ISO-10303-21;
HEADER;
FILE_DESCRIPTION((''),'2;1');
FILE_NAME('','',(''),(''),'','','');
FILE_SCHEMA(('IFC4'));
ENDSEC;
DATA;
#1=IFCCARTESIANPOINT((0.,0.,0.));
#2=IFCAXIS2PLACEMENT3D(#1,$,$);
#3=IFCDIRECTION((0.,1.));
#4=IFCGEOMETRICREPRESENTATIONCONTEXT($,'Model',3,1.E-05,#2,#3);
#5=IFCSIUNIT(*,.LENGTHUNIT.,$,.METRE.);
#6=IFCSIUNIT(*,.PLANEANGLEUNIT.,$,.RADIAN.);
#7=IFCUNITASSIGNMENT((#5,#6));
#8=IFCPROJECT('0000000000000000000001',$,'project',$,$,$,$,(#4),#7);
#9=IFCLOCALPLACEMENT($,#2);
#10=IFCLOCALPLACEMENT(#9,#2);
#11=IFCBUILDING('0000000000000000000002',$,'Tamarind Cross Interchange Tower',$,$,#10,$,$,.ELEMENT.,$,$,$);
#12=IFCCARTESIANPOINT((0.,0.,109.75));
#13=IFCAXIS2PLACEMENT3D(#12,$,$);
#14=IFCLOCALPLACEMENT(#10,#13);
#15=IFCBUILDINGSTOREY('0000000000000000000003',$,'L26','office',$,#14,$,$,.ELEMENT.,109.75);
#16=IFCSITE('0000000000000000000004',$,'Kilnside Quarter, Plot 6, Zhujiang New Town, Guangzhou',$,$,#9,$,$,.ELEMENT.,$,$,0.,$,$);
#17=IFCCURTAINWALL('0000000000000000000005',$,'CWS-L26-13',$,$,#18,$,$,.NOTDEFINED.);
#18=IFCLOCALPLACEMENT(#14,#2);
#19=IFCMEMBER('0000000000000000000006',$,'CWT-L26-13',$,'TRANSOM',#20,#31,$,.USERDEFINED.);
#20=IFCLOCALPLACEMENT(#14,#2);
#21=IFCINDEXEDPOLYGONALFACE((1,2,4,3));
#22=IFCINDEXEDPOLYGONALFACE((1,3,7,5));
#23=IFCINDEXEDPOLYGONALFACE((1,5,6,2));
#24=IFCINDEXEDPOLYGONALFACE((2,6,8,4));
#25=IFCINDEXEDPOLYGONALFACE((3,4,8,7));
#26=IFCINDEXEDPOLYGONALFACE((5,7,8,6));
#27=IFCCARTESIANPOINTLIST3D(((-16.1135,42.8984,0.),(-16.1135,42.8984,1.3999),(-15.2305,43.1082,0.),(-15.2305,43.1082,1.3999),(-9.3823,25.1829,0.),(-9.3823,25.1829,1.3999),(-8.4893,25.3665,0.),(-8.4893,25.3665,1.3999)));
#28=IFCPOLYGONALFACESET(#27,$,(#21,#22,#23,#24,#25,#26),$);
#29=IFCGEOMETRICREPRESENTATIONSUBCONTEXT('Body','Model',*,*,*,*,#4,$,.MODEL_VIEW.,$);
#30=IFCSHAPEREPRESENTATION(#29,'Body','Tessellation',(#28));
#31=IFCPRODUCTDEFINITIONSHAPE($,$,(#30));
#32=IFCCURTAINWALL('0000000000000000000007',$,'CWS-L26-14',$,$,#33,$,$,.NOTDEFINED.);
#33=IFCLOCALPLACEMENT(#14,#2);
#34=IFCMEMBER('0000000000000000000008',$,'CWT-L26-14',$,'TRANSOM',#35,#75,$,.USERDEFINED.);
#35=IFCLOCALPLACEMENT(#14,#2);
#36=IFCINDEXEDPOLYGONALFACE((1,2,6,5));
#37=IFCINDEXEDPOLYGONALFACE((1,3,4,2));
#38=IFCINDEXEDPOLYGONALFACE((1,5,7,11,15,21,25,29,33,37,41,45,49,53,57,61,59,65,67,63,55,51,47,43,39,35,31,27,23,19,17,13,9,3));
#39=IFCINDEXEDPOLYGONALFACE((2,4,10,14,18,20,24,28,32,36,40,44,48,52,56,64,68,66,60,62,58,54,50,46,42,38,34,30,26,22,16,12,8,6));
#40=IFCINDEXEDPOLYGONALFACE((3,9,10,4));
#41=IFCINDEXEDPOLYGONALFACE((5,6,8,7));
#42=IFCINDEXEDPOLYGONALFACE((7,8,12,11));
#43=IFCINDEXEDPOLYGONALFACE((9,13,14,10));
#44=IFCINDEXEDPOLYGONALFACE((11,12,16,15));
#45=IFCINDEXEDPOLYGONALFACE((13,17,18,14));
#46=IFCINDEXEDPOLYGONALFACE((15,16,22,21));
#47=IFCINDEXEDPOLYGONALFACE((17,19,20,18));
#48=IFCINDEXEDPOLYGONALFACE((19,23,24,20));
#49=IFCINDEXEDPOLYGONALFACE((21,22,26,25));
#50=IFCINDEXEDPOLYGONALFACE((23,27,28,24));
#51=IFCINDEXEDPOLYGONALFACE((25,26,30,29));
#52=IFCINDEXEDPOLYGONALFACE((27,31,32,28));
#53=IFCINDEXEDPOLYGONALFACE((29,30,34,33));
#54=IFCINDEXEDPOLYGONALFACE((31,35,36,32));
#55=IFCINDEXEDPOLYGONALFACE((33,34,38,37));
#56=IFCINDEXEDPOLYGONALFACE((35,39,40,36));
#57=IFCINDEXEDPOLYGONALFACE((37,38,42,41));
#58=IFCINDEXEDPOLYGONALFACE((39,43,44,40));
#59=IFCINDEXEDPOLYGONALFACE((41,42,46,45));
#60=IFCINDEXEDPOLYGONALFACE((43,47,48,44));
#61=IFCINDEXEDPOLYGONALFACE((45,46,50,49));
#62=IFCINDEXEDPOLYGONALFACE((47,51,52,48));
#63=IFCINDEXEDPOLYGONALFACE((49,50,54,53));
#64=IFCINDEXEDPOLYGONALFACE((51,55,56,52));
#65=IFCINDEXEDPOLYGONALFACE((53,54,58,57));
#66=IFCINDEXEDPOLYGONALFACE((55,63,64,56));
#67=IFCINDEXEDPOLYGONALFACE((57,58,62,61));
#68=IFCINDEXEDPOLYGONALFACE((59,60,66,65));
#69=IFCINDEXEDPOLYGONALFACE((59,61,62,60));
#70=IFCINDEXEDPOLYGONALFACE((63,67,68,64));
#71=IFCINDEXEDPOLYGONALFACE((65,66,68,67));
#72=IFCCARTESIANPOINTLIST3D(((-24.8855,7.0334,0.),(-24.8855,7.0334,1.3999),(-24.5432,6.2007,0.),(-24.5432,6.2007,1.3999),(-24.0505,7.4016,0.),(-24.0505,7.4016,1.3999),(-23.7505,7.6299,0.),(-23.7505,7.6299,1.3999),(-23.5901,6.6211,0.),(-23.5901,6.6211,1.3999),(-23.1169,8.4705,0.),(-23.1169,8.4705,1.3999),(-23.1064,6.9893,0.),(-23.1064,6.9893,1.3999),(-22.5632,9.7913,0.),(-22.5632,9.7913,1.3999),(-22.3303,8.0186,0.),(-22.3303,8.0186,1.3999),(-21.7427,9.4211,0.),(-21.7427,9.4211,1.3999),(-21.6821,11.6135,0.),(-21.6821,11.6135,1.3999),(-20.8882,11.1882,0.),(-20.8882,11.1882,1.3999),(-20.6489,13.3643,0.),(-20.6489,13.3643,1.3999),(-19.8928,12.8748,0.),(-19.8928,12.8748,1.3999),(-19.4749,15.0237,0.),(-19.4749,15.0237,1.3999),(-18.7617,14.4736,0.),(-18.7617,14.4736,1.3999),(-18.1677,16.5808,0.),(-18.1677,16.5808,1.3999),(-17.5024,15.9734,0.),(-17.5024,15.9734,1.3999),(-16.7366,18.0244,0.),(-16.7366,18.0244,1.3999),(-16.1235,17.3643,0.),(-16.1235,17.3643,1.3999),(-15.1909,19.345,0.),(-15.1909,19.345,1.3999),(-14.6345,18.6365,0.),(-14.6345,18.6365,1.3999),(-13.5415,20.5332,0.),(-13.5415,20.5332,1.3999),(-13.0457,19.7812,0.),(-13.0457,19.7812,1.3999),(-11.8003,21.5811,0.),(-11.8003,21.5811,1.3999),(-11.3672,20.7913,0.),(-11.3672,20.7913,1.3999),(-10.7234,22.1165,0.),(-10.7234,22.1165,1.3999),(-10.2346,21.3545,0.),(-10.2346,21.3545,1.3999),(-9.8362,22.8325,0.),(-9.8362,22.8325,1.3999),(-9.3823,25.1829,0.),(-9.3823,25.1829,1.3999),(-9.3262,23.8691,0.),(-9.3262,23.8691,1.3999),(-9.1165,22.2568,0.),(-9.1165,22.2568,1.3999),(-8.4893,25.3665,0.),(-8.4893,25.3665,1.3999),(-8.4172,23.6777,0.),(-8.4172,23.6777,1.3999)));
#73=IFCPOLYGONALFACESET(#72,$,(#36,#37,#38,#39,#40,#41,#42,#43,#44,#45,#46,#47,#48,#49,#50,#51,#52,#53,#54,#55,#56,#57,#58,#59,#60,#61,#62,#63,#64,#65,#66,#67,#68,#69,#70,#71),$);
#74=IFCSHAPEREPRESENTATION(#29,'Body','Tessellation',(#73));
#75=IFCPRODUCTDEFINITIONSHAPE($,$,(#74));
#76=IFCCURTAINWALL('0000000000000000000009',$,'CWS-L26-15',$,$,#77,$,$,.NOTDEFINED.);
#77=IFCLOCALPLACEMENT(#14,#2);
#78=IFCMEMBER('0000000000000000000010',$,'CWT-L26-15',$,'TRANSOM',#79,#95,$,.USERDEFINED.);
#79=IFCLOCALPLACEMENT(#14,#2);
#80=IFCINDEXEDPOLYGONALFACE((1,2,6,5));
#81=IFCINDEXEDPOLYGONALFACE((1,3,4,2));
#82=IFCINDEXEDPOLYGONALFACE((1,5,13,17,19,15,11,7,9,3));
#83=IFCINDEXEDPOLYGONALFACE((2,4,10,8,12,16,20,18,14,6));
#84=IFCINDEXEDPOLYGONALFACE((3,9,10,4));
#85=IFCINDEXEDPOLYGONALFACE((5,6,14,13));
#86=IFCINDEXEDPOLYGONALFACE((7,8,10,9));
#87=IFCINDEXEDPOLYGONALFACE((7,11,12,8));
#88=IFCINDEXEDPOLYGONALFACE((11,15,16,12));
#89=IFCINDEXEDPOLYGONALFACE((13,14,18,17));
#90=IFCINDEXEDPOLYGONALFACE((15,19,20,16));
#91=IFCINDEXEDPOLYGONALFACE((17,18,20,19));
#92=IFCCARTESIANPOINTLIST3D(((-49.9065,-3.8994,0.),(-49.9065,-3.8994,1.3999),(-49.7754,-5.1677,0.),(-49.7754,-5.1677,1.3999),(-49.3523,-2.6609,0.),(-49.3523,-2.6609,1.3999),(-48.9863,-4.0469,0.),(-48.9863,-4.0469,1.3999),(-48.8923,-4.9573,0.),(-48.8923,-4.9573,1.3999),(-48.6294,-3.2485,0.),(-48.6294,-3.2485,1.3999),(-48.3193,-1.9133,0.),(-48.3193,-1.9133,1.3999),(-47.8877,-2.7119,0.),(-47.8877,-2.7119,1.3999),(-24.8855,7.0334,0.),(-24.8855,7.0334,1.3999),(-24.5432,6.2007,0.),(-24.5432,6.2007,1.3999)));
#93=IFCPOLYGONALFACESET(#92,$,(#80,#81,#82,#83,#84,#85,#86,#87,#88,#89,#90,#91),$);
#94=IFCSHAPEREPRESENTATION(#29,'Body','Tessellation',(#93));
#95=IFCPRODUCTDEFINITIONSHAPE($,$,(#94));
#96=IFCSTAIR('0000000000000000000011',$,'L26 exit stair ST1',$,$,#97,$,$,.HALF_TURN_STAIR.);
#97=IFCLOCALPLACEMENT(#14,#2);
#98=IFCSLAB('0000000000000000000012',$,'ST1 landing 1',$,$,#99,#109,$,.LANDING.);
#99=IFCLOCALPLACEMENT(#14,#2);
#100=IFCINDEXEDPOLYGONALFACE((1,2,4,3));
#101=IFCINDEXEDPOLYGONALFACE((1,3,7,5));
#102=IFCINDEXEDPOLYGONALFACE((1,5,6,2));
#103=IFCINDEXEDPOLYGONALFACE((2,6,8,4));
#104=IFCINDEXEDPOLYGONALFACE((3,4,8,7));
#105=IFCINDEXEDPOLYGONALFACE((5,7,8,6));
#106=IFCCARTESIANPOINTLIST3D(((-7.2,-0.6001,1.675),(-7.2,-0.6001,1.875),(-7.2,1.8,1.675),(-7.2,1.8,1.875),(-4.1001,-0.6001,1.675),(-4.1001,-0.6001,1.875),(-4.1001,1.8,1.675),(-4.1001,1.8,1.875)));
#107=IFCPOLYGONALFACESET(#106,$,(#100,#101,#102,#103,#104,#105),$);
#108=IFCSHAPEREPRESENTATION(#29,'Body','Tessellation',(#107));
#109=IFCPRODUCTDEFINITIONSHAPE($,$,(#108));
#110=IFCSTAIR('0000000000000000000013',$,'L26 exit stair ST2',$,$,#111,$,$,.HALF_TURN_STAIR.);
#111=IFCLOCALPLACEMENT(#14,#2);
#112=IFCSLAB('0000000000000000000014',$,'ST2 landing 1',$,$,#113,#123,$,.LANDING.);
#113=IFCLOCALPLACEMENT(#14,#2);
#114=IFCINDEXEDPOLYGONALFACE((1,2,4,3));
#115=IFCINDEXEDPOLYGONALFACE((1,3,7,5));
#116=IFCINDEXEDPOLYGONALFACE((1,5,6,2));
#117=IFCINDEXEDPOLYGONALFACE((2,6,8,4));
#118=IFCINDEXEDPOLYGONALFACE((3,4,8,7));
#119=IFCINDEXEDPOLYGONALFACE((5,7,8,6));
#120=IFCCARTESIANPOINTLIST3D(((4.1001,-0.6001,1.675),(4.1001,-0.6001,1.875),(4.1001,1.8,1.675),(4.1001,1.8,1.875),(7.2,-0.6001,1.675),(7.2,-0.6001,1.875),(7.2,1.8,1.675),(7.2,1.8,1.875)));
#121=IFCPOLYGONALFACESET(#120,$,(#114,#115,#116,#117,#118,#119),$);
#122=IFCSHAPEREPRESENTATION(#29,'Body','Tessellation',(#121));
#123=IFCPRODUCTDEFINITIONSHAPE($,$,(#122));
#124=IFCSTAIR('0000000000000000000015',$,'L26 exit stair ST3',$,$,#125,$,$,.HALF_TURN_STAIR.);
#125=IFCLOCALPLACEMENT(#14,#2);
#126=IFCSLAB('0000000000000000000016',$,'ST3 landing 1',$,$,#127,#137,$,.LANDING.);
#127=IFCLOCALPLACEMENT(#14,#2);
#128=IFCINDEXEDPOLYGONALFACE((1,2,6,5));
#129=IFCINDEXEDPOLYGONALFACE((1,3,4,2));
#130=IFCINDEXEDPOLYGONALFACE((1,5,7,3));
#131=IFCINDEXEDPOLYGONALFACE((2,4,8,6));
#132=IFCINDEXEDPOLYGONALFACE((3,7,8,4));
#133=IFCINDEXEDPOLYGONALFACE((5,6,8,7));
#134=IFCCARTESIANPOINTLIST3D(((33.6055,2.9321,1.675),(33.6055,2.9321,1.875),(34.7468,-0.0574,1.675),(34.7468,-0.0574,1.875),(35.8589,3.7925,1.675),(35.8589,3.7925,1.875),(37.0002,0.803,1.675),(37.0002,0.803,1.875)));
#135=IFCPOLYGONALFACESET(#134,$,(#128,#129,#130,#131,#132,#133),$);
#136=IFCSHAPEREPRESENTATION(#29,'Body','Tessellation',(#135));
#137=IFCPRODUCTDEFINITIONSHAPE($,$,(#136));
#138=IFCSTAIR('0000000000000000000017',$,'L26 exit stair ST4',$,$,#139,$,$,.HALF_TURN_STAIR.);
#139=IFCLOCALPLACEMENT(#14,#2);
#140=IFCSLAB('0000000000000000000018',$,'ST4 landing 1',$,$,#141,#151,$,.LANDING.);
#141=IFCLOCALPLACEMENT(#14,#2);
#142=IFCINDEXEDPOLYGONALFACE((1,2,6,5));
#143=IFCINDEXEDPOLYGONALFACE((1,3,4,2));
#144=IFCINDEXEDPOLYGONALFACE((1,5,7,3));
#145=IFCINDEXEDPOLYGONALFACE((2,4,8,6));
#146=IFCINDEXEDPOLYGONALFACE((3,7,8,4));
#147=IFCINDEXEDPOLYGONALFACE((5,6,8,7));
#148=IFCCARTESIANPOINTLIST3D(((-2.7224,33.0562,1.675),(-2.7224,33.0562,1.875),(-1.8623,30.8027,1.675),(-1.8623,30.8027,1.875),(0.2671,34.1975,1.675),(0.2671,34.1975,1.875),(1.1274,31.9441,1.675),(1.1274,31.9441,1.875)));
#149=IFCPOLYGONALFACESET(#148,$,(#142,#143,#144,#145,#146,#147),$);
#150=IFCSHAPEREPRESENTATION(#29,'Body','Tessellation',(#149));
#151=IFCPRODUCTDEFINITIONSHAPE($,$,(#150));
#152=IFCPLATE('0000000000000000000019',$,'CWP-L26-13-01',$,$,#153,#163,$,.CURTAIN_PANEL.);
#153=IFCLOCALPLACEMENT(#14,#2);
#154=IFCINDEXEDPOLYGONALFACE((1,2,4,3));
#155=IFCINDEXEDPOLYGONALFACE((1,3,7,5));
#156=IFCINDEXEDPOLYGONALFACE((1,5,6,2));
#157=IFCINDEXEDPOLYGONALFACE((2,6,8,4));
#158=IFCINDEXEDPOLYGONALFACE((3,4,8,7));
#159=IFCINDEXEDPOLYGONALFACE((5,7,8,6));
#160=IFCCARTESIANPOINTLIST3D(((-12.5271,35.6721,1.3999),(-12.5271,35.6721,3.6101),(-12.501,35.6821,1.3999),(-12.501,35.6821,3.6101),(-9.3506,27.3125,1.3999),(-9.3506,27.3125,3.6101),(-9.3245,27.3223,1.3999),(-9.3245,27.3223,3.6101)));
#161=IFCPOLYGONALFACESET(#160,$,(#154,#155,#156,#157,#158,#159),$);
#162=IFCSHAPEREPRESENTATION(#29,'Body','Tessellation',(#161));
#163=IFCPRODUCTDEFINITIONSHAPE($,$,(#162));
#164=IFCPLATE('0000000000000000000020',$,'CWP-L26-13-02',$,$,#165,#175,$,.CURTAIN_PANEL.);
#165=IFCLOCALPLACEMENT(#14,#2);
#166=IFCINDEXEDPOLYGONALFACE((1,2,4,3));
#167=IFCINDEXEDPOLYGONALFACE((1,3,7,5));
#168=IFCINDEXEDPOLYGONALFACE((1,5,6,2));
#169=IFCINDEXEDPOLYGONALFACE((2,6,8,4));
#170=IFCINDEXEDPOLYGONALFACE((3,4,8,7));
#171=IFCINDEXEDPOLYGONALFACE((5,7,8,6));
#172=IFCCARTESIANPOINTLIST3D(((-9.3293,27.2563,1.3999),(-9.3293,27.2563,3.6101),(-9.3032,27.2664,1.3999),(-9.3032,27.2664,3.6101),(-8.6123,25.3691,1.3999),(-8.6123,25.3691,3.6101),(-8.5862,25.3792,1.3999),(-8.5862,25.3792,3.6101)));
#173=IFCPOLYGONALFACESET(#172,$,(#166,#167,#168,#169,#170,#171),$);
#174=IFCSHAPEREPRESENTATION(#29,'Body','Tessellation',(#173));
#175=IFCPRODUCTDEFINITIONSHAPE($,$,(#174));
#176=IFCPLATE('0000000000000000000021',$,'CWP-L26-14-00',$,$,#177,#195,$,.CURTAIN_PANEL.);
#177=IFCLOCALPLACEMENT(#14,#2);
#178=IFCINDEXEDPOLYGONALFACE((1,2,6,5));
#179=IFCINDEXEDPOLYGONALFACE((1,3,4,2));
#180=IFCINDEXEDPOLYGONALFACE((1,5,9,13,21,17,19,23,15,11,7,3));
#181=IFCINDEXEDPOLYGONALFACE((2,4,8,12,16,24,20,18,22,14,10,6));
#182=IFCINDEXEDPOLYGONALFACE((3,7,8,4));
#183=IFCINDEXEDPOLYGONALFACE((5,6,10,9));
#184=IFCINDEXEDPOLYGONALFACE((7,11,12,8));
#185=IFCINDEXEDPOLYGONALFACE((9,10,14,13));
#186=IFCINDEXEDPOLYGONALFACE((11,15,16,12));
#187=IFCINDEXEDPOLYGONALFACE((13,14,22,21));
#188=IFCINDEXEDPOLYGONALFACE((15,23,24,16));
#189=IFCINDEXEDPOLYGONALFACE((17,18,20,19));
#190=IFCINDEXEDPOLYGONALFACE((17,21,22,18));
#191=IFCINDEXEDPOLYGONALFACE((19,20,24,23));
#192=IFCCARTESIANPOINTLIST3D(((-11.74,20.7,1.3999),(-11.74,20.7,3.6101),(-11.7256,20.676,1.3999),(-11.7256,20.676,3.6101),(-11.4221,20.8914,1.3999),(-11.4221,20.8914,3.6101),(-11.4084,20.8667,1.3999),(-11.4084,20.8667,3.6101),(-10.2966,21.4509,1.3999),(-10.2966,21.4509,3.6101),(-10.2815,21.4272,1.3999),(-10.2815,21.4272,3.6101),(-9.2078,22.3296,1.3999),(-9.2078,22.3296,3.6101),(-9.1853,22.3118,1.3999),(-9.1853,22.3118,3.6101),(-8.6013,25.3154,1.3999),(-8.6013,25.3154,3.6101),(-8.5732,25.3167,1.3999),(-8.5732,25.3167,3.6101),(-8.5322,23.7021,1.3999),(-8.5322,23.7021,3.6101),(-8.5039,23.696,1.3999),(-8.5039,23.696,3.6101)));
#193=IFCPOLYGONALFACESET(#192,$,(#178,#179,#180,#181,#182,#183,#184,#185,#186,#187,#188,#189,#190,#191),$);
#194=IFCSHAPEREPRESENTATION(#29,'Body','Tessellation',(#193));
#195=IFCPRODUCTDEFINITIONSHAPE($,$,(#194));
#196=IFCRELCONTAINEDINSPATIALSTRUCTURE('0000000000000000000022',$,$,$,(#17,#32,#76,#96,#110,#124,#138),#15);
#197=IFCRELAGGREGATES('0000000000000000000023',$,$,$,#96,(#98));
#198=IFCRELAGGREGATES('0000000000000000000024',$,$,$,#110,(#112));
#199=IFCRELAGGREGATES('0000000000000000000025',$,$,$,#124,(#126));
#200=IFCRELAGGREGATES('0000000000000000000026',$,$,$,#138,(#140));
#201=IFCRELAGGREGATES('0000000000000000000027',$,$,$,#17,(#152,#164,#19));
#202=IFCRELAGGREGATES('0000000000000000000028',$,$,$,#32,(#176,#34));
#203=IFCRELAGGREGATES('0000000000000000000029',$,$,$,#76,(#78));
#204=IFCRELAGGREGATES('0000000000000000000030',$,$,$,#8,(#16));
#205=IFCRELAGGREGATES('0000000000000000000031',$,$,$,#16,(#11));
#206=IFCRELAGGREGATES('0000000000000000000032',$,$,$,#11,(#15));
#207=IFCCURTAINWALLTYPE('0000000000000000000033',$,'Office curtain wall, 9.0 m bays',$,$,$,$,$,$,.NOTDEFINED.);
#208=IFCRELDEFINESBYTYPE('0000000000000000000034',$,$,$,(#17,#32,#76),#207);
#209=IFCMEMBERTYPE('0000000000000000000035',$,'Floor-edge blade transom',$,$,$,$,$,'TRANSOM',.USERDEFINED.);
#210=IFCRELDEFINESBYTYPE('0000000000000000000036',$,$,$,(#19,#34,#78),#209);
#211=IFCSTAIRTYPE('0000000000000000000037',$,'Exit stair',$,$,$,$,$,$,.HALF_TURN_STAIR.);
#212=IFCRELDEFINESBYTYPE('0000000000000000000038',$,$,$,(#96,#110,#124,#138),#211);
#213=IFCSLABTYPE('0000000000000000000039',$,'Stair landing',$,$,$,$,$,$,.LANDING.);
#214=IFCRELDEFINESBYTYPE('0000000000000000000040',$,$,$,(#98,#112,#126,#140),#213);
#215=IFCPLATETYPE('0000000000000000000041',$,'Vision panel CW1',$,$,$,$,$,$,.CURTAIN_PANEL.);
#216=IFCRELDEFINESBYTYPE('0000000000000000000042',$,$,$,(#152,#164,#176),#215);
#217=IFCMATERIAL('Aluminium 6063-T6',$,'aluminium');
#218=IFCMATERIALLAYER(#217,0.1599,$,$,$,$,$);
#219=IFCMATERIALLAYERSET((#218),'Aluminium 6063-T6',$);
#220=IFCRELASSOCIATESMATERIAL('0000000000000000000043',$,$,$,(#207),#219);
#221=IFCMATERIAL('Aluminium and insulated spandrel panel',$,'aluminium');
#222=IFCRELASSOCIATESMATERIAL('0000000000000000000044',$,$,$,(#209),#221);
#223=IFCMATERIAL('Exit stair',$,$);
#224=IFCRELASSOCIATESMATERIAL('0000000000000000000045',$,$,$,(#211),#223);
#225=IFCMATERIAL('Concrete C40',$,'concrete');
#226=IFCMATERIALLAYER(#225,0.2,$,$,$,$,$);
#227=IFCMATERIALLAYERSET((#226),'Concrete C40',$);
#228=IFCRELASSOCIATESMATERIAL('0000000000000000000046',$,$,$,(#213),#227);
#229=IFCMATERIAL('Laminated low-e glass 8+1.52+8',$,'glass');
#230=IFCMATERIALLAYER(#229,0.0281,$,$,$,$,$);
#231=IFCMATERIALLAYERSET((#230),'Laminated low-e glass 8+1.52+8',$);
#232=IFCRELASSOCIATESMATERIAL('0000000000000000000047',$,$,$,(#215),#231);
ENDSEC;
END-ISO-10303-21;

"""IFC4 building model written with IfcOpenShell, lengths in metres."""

from ifc_helpers import new_model, si_unit, direction, frame, origin, place, context, subcontext, project, spatial, polyline, outline, extrude, material, layer, layer_set, type_object, element, aggregate, save


model = new_model("IFC4")

# Units and contexts
model_context = context("Model", 3, precision=1e-05, world=origin(), true_north=direction((0.0, 1.0)))
body_context = subcontext(model_context, "Body", "Model", "MODEL_VIEW")
ifc_project = project(units=[si_unit("LENGTHUNIT", "METRE"), si_unit("PLANEANGLEUNIT", "RADIAN")], contexts=[model_context])

# Site, building, storey
site_placement = place(None, origin())
site = spatial("IfcSite", under=ifc_project, at=site_placement, Name="Kilnside Quarter, Plot 6, Zhujiang New Town, Guangzhou", CompositionType="ELEMENT", RefElevation=0.0)
building_placement = place(site_placement, origin())
building = spatial("IfcBuilding", under=site, at=building_placement, Name="Tamarind Cross Interchange Tower", CompositionType="ELEMENT")
storey_placement = place(building_placement, frame((0.0, 0.0, 109.75)))
storey = spatial("IfcBuildingStorey", under=building, at=storey_placement, Name="L26", Description="office", CompositionType="ELEMENT", Elevation=109.75)

# Curtain walls, members
ifc_material_1 = material(Name="Aluminium 6063-T6", Category="aluminium")
ifc_layer_1 = layer(ifc_material_1, 0.1599)
ifc_layer_set_1 = layer_set([ifc_layer_1], Name="Aluminium 6063-T6")
curtain_wall_type = type_object("IfcCurtainWallType", Name="Office curtain wall, 9.0 m bays", PredefinedType="NOTDEFINED", material=ifc_layer_set_1)
curtain_wall_1_placement = place(storey_placement, origin())
curtain_wall_1 = element("IfcCurtainWall", 1, at=curtain_wall_1_placement, inside=storey, type_object=curtain_wall_type, Name="CWS-L26-13", PredefinedType="NOTDEFINED")
ifc_material_2 = material(Name="Aluminium and insulated spandrel panel", Category="aluminium")
member_type = type_object("IfcMemberType", Name="Floor-edge blade transom", ElementType="TRANSOM", PredefinedType="USERDEFINED", material=ifc_material_2)
member_1_placement = place(storey_placement, origin())
member_1 = element("IfcMember", 2, at=member_1_placement, type_object=member_type, Name="CWT-L26-13", ObjectType="TRANSOM", PredefinedType="USERDEFINED", context=body_context, shape_type="SweptSolid", body=[
    extrude(outline(polyline([(-15.2305, 43.1082), (-8.4893, 25.3665), (-9.3823, 25.1829), (-16.1135, 42.8984), (-15.2305, 43.1082)])), origin(), (0.0, 0.0, 1.0), 1.3999),
])
curtain_wall_2_placement = place(storey_placement, origin())
curtain_wall_2 = element("IfcCurtainWall", 3, at=curtain_wall_2_placement, inside=storey, type_object=curtain_wall_type, Name="CWS-L26-14", PredefinedType="NOTDEFINED")
member_2_placement = place(storey_placement, origin())
member_2 = element("IfcMember", 4, at=member_2_placement, type_object=member_type, Name="CWT-L26-14", ObjectType="TRANSOM", PredefinedType="USERDEFINED", context=body_context, shape_type="SweptSolid", body=[
    extrude(outline(polyline([(-8.4893, 25.3665), (-8.4172, 23.6777), (-9.1165, 22.2568), (-10.2346, 21.3545), (-11.3672, 20.7913), (-13.0457, 19.7812), (-14.6345, 18.6365), (-16.1235, 17.3643), (-17.5024, 15.9734), (-18.7617, 14.4736), (-19.8928, 12.8748), (-20.8882, 11.1882), (-21.7427, 9.4211), (-22.3303, 8.0186), (-23.1064, 6.9893), (-23.5901, 6.6211), (-24.5432, 6.2007), (-24.8855, 7.0334), (-24.0505, 7.4016), (-23.7505, 7.6299), (-23.1169, 8.4705), (-22.5632, 9.7913), (-21.6821, 11.6135), (-20.6489, 13.3643), (-19.4749, 15.0237), (-18.1677, 16.5808), (-16.7366, 18.0244), (-15.1909, 19.345), (-13.5415, 20.5332), (-11.8003, 21.5811), (-10.7234, 22.1165), (-9.8362, 22.8325), (-9.3262, 23.8691), (-9.3823, 25.1829), (-8.4893, 25.3665)])), origin(), (0.0, 0.0, 1.0), 1.3999),
])
curtain_wall_3_placement = place(storey_placement, origin())
curtain_wall_3 = element("IfcCurtainWall", 5, at=curtain_wall_3_placement, inside=storey, type_object=curtain_wall_type, Name="CWS-L26-15", PredefinedType="NOTDEFINED")
member_3_placement = place(storey_placement, origin())
member_3 = element("IfcMember", 6, at=member_3_placement, type_object=member_type, Name="CWT-L26-15", ObjectType="TRANSOM", PredefinedType="USERDEFINED", context=body_context, shape_type="SweptSolid", body=[
    extrude(outline(polyline([(-24.5432, 6.2007), (-47.8877, -2.7119), (-48.6294, -3.2485), (-48.9863, -4.0469), (-48.8923, -4.9573), (-49.7754, -5.1677), (-49.9065, -3.8994), (-49.3523, -2.6609), (-48.3193, -1.9133), (-24.8855, 7.0334), (-24.5432, 6.2007)])), origin(), (0.0, 0.0, 1.0), 1.3999),
])

# Stairs, slabs
ifc_material_3 = material(Name="Exit stair")
stair_type = type_object("IfcStairType", Name="Exit stair", PredefinedType="HALF_TURN_STAIR", material=ifc_material_3)
stair_1_placement = place(storey_placement, origin())
stair_1 = element("IfcStair", 7, at=stair_1_placement, inside=storey, type_object=stair_type, Name="L26 exit stair ST1", PredefinedType="HALF_TURN_STAIR")
ifc_material_4 = material(Name="Concrete C40", Category="concrete")
ifc_layer_2 = layer(ifc_material_4, 0.2)
ifc_layer_set_2 = layer_set([ifc_layer_2], Name="Concrete C40")
slab_type = type_object("IfcSlabType", Name="Stair landing", PredefinedType="LANDING", material=ifc_layer_set_2)
slab_1_placement = place(storey_placement, frame((0.0, 0.0, 1.675)))
slab_1 = element("IfcSlab", 8, at=slab_1_placement, type_object=slab_type, Name="ST1 landing 1", PredefinedType="LANDING", context=body_context, shape_type="SweptSolid", body=[
    extrude(outline(polyline([(-4.1001, -0.6001), (-4.1001, 1.8), (-7.2, 1.8), (-7.2, -0.6001), (-4.1001, -0.6001)])), origin(), (0.0, 0.0, 1.0), 0.2),
])
aggregate(stair_1, [slab_1])
stair_2_placement = place(storey_placement, origin())
stair_2 = element("IfcStair", 9, at=stair_2_placement, inside=storey, type_object=stair_type, Name="L26 exit stair ST2", PredefinedType="HALF_TURN_STAIR")
slab_2_placement = place(storey_placement, frame((0.0, 0.0, 1.675)))
slab_2 = element("IfcSlab", 10, at=slab_2_placement, type_object=slab_type, Name="ST2 landing 1", PredefinedType="LANDING", context=body_context, shape_type="SweptSolid", body=[
    extrude(outline(polyline([(7.2, -0.6001), (7.2, 1.8), (4.1001, 1.8), (4.1001, -0.6001), (7.2, -0.6001)])), origin(), (0.0, 0.0, 1.0), 0.2),
])
aggregate(stair_2, [slab_2])
stair_3_placement = place(storey_placement, origin())
stair_3 = element("IfcStair", 11, at=stair_3_placement, inside=storey, type_object=stair_type, Name="L26 exit stair ST3", PredefinedType="HALF_TURN_STAIR")
slab_3_placement = place(storey_placement, frame((0.0, 0.0, 1.675)))
slab_3 = element("IfcSlab", 12, at=slab_3_placement, type_object=slab_type, Name="ST3 landing 1", PredefinedType="LANDING", context=body_context, shape_type="SweptSolid", body=[
    extrude(outline(polyline([(34.7468, -0.0574), (37.0002, 0.803), (35.8589, 3.7925), (33.6055, 2.9321), (34.7468, -0.0574)])), origin(), (0.0, 0.0, 1.0), 0.2),
])
aggregate(stair_3, [slab_3])
stair_4_placement = place(storey_placement, origin())
stair_4 = element("IfcStair", 13, at=stair_4_placement, inside=storey, type_object=stair_type, Name="L26 exit stair ST4", PredefinedType="HALF_TURN_STAIR")
slab_4_placement = place(storey_placement, frame((0.0, 0.0, 1.675)))
slab_4 = element("IfcSlab", 14, at=slab_4_placement, type_object=slab_type, Name="ST4 landing 1", PredefinedType="LANDING", context=body_context, shape_type="SweptSolid", body=[
    extrude(outline(polyline([(1.1274, 31.9441), (0.2671, 34.1975), (-2.7224, 33.0562), (-1.8623, 30.8027), (1.1274, 31.9441)])), origin(), (0.0, 0.0, 1.0), 0.2),
])
aggregate(stair_4, [slab_4])

# Plates
ifc_material_5 = material(Name="Laminated low-e glass 8+1.52+8", Category="glass")
ifc_layer_3 = layer(ifc_material_5, 0.0281)
ifc_layer_set_3 = layer_set([ifc_layer_3], Name="Laminated low-e glass 8+1.52+8")
plate_type = type_object("IfcPlateType", Name="Vision panel CW1", PredefinedType="CURTAIN_PANEL", material=ifc_layer_set_3)
plate_1_placement = place(storey_placement, frame((0.0, 0.0, 1.3999)))
plate_1 = element("IfcPlate", 15, at=plate_1_placement, type_object=plate_type, Name="CWP-L26-13-01", PredefinedType="CURTAIN_PANEL", context=body_context, shape_type="SweptSolid", body=[
    extrude(outline(polyline([(-12.501, 35.6821), (-9.3245, 27.3223), (-9.3506, 27.3125), (-12.5271, 35.6721), (-12.501, 35.6821)])), origin(), (0.0, 0.0, 1.0), 2.2102),
])
plate_2_placement = place(storey_placement, frame((0.0, 0.0, 1.3999)))
plate_2 = element("IfcPlate", 16, at=plate_2_placement, type_object=plate_type, Name="CWP-L26-13-02", PredefinedType="CURTAIN_PANEL", context=body_context, shape_type="SweptSolid", body=[
    extrude(outline(polyline([(-9.3032, 27.2664), (-8.5862, 25.3792), (-8.6123, 25.3691), (-9.3293, 27.2563), (-9.3032, 27.2664)])), origin(), (0.0, 0.0, 1.0), 2.2102),
])
aggregate(curtain_wall_1, [plate_1, plate_2, member_1])
plate_3_placement = place(storey_placement, frame((0.0, 0.0, 1.3999)))
plate_3 = element("IfcPlate", 17, at=plate_3_placement, type_object=plate_type, Name="CWP-L26-14-00", PredefinedType="CURTAIN_PANEL", context=body_context, shape_type="SweptSolid", body=[
    extrude(outline(polyline([(-8.5732, 25.3167), (-8.5039, 23.696), (-9.1853, 22.3118), (-10.2815, 21.4272), (-11.4084, 20.8667), (-11.7256, 20.676), (-11.74, 20.7), (-11.4221, 20.8914), (-10.2966, 21.4509), (-9.2078, 22.3296), (-8.5322, 23.7021), (-8.6013, 25.3154), (-8.5732, 25.3167)])), origin(), (0.0, 0.0, 1.0), 2.2102),
])
aggregate(curtain_wall_2, [plate_3, member_2])
aggregate(curtain_wall_3, [member_3])

save(model, "model.ifc")
